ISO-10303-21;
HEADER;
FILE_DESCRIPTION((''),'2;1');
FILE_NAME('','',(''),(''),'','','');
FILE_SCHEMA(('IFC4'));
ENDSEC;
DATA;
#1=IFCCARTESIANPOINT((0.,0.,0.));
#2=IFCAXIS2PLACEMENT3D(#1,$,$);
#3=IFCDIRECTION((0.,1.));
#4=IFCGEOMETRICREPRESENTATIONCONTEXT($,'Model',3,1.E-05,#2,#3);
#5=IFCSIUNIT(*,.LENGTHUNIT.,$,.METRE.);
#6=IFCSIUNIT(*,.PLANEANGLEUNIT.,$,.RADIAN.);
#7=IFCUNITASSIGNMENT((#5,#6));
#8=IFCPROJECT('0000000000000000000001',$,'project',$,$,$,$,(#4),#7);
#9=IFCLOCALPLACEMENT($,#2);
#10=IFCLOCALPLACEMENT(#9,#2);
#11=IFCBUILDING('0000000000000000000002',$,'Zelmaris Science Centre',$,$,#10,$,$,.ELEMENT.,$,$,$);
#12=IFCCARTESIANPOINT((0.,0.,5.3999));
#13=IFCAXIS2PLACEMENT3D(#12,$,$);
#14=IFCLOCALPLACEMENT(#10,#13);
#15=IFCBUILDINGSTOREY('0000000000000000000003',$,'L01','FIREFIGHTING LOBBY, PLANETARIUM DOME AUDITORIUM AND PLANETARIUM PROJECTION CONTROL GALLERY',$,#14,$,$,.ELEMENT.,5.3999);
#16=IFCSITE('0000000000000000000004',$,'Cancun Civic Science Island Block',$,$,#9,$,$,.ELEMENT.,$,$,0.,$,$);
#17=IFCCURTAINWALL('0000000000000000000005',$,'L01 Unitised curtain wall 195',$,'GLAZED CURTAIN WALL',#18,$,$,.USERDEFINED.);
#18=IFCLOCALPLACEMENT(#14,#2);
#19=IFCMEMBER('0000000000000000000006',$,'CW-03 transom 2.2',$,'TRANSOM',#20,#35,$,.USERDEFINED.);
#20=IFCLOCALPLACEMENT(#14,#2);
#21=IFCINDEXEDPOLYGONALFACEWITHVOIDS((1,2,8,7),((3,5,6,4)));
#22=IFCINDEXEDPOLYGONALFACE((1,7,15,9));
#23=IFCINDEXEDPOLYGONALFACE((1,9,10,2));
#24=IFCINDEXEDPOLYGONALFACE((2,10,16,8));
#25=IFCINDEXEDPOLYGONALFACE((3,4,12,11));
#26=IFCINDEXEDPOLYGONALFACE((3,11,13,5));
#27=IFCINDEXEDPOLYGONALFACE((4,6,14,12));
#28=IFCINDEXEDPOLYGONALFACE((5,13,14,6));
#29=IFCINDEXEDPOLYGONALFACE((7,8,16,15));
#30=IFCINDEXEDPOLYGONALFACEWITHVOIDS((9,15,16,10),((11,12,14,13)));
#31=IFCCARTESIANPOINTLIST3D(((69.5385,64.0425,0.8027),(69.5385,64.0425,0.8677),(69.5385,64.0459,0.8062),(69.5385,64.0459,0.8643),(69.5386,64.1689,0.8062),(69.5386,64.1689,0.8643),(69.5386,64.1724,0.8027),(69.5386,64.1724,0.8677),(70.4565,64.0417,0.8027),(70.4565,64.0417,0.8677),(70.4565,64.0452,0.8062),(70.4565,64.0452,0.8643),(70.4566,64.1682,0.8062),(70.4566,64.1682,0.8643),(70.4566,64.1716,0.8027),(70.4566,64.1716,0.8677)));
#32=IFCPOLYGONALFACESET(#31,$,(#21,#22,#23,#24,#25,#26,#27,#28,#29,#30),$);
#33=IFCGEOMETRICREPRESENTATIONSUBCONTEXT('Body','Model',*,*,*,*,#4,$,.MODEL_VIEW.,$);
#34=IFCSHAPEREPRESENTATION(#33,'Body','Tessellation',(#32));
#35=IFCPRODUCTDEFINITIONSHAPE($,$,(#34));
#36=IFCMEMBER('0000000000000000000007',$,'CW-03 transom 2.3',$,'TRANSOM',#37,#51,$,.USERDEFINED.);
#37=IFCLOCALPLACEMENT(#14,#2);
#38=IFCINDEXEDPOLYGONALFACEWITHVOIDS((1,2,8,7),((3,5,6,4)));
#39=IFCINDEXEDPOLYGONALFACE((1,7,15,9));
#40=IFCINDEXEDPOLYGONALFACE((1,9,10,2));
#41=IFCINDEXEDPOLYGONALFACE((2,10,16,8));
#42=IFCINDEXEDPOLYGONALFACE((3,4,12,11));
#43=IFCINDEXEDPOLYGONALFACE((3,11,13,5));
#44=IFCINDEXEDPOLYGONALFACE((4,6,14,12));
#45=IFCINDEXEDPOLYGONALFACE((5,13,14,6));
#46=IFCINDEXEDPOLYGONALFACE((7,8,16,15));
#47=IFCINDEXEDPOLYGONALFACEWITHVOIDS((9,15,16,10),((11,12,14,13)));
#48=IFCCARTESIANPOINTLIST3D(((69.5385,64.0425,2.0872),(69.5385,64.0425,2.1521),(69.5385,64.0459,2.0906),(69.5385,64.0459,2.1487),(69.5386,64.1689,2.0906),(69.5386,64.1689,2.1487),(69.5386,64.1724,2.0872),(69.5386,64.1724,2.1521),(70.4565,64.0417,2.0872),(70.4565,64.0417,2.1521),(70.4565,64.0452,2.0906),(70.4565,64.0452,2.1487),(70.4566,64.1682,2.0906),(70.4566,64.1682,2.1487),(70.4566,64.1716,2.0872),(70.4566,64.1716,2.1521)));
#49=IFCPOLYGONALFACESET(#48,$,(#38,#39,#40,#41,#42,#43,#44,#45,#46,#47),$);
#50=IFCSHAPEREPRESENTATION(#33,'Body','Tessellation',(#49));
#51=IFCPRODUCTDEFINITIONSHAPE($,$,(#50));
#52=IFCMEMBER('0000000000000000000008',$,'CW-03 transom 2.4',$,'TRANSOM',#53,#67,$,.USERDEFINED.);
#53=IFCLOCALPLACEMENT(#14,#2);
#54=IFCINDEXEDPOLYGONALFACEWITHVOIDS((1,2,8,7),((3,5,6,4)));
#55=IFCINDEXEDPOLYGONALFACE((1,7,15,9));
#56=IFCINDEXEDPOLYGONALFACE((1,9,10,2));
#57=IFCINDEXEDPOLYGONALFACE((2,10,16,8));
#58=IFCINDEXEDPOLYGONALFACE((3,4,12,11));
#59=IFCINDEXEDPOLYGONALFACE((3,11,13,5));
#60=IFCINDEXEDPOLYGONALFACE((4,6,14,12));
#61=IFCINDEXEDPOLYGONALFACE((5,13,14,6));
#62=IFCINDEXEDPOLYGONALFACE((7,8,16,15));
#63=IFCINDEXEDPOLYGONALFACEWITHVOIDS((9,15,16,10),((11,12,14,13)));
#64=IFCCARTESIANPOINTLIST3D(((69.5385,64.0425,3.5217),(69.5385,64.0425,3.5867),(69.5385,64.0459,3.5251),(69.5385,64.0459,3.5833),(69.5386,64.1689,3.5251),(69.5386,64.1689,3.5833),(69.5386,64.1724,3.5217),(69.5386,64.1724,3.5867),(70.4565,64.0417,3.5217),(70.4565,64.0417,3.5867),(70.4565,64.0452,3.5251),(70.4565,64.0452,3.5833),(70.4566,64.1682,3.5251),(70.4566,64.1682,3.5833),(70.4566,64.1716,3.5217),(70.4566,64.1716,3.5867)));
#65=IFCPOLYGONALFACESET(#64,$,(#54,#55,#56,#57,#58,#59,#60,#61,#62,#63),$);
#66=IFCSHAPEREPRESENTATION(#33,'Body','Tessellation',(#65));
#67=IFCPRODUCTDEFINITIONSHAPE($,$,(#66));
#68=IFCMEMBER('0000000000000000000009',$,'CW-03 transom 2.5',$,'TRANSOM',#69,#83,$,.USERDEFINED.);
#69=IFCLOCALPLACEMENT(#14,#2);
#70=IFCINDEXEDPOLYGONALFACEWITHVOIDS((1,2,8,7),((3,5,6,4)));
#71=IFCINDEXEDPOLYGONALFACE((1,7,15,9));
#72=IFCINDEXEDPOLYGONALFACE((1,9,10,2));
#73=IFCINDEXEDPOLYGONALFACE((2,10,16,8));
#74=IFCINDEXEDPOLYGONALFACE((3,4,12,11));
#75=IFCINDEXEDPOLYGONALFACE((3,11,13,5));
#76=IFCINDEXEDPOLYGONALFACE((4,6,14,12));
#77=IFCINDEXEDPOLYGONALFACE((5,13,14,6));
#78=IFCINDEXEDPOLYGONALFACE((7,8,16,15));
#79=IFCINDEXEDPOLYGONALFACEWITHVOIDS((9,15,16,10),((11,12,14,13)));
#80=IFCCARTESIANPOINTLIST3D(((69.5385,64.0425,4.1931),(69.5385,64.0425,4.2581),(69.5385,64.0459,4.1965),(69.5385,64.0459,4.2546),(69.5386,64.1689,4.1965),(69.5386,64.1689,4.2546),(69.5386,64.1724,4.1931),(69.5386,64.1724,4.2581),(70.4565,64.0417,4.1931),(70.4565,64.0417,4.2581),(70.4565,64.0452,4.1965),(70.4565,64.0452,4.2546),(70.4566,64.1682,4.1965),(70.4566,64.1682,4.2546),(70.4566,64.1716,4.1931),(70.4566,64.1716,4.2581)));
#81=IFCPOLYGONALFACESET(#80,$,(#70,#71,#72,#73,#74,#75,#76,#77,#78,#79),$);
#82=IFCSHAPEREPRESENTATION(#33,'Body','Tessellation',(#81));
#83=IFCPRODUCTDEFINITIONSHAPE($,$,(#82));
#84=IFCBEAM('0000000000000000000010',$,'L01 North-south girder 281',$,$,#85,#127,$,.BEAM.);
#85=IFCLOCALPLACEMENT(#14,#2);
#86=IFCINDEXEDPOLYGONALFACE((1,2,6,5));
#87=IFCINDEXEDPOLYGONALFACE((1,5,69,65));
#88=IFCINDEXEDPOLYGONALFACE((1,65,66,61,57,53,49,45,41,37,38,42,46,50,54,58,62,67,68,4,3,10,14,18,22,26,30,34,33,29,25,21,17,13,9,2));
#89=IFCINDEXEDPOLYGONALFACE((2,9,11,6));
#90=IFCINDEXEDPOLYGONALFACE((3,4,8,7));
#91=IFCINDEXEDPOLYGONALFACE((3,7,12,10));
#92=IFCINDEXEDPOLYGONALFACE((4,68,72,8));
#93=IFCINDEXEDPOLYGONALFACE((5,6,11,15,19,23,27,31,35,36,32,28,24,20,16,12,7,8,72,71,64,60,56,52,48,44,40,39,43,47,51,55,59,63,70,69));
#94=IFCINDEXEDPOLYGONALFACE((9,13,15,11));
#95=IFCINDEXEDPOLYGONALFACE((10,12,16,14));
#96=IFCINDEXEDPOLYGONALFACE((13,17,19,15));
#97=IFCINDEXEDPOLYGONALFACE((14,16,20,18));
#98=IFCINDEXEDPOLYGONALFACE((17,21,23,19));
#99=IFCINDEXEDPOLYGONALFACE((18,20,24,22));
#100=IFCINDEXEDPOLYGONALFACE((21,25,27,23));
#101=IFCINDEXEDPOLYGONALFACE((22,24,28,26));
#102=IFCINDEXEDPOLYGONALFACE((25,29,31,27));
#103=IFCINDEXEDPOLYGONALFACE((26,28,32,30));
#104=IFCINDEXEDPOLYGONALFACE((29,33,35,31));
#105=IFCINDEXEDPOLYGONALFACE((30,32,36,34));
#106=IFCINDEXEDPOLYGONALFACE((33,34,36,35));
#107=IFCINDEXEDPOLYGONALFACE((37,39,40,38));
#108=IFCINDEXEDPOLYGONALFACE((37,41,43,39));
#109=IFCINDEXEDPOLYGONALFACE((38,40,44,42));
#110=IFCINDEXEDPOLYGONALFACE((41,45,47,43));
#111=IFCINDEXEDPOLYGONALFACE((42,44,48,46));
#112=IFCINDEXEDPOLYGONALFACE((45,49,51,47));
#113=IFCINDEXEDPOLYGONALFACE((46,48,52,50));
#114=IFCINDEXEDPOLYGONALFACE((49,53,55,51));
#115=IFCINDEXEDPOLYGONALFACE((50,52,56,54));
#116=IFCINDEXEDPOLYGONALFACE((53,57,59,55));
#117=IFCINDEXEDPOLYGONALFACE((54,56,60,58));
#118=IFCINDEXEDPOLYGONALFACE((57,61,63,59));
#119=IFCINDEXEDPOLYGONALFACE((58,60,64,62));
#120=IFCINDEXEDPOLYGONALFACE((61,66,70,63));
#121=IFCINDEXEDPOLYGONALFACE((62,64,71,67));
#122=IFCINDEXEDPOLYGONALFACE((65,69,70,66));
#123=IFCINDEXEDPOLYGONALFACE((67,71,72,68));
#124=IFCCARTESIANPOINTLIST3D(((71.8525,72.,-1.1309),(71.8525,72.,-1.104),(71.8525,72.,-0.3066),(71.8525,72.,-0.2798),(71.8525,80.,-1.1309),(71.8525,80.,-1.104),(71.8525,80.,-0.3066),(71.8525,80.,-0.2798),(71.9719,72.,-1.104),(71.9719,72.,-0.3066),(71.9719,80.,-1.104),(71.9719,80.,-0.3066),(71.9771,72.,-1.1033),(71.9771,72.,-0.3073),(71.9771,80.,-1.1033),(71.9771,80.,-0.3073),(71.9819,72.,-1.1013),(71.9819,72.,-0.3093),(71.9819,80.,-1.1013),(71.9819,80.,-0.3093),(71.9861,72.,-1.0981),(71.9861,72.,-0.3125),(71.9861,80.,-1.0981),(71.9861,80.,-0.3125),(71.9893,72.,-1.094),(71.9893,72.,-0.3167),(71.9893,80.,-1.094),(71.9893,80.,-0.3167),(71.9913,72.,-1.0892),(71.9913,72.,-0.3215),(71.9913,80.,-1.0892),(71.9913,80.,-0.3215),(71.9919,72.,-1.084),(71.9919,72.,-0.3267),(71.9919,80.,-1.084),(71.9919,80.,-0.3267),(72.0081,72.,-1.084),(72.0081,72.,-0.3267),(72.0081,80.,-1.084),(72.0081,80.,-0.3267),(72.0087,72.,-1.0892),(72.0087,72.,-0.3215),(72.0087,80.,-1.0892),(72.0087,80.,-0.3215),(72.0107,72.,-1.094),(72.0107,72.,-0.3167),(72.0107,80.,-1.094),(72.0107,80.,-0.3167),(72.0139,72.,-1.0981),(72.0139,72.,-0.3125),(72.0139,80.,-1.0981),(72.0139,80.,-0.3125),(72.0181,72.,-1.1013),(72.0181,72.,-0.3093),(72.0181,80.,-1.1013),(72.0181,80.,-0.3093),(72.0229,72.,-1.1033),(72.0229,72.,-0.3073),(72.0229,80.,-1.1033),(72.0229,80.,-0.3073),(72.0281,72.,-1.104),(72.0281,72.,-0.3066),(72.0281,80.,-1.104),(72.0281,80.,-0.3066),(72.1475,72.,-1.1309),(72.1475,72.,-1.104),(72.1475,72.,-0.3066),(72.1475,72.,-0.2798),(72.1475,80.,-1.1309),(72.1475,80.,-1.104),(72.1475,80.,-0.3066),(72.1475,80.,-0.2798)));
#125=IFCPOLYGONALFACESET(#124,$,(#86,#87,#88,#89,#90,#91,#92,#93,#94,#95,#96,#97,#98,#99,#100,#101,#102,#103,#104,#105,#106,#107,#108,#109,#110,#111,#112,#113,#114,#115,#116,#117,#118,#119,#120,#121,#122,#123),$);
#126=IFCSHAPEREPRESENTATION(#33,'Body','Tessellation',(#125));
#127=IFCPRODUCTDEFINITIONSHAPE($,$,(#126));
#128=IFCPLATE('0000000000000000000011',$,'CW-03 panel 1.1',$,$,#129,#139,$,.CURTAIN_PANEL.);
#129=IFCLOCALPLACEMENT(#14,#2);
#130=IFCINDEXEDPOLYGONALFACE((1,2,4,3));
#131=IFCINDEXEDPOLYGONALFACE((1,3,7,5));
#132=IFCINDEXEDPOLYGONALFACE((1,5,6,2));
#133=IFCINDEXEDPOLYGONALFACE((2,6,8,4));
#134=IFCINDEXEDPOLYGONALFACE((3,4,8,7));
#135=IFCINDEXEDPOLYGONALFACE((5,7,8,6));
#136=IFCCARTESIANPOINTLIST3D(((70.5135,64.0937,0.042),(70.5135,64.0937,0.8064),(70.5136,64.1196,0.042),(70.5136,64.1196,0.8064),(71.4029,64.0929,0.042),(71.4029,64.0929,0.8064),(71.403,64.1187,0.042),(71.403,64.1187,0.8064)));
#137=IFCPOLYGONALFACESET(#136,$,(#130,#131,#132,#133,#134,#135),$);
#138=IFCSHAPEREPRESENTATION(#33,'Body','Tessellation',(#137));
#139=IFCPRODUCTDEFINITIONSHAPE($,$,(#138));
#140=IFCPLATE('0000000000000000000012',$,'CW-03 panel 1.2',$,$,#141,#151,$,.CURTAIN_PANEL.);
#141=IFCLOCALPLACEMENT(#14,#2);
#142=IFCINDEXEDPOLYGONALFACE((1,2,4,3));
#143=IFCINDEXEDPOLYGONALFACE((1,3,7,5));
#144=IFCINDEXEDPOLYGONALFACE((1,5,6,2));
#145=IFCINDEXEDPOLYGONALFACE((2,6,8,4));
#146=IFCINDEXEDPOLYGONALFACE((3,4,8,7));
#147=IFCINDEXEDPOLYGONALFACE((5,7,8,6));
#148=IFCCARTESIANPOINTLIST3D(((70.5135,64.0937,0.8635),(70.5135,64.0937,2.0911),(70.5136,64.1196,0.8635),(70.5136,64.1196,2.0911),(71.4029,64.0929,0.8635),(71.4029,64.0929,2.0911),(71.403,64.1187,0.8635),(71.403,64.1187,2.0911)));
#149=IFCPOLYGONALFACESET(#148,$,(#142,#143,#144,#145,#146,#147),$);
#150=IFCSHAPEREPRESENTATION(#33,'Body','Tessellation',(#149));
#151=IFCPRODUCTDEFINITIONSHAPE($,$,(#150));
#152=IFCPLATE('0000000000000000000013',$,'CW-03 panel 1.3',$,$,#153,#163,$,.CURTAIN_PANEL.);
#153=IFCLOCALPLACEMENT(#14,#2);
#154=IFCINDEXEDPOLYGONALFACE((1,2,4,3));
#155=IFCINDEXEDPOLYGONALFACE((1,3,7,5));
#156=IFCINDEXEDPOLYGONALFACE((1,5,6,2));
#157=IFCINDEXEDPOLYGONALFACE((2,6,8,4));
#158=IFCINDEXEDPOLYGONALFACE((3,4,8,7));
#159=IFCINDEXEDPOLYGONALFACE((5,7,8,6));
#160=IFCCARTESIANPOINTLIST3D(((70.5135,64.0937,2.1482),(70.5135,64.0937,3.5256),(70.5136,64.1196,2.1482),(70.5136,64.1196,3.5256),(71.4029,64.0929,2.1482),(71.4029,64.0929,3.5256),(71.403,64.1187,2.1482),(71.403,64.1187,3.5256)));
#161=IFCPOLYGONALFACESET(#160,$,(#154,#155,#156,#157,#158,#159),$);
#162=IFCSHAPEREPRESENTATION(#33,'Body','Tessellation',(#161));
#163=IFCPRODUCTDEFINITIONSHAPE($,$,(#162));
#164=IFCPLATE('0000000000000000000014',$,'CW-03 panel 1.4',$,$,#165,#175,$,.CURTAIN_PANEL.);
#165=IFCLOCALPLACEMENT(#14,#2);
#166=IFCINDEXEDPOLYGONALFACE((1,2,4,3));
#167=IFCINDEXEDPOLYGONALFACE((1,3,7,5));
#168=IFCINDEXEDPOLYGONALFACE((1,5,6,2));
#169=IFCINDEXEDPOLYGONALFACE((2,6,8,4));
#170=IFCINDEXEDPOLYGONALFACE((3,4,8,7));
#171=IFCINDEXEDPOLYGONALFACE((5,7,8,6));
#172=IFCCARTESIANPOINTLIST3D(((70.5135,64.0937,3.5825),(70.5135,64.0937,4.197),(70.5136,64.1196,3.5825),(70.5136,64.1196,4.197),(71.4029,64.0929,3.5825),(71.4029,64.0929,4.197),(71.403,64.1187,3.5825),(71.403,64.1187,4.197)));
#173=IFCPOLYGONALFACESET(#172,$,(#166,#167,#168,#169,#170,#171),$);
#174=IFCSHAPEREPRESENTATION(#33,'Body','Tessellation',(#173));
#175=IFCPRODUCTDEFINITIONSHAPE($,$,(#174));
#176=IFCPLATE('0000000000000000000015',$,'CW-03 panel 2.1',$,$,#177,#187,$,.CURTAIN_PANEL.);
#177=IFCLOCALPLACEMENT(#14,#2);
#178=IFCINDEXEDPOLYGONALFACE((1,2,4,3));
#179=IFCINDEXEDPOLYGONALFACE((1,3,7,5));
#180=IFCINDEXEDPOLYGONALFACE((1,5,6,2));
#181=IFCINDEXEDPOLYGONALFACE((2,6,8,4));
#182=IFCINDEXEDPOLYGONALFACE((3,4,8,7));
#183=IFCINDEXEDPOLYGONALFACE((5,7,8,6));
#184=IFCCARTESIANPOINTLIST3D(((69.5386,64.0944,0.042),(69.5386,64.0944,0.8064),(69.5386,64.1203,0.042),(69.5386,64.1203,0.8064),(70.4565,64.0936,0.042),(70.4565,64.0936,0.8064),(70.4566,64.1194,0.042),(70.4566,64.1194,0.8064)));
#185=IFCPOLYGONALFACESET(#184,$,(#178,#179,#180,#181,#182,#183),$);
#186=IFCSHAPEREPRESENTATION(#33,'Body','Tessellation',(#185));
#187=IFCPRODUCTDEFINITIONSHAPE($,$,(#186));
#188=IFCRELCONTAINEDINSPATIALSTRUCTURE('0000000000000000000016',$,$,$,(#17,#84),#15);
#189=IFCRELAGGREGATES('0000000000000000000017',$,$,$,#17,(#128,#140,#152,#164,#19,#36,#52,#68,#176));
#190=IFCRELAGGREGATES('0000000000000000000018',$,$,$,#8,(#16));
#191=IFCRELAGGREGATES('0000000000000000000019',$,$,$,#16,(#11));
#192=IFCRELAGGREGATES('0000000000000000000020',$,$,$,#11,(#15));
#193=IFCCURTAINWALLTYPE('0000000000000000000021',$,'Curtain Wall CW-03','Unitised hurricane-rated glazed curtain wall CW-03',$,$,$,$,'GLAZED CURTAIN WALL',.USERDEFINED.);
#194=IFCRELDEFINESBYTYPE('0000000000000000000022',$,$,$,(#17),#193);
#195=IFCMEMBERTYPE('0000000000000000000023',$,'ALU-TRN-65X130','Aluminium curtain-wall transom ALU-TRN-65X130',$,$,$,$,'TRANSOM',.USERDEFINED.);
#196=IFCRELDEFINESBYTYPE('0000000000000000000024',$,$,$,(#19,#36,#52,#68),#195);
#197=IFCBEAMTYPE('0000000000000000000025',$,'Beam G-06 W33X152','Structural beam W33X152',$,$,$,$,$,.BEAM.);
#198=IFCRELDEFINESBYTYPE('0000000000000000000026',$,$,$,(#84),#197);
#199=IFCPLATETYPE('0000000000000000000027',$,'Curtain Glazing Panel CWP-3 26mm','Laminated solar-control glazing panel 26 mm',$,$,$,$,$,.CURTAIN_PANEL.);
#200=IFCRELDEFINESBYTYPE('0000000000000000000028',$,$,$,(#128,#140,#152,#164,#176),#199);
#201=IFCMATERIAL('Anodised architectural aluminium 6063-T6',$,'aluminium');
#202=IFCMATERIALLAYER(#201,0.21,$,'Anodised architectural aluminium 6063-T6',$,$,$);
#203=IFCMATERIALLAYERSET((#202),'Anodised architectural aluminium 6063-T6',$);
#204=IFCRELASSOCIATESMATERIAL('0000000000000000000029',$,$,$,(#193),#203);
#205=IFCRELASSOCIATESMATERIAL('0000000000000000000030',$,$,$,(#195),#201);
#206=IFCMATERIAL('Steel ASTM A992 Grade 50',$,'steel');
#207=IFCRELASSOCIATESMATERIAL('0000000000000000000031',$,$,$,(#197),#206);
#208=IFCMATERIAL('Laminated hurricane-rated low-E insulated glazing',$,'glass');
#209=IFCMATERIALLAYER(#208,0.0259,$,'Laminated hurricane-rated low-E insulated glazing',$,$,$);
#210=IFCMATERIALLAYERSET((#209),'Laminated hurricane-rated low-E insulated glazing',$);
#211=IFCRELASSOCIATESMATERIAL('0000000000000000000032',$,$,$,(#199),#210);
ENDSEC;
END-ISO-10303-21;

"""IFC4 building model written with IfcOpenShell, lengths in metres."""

from ifc_helpers import new_model, si_unit, direction, frame, origin, origin_2d, place, context, subcontext, project, spatial, rectangle, hollow_rectangle, i_section, extrude, material, layer, layer_set, material_profile, profile_set, type_object, element, aggregate, save


model = new_model("IFC4")

# Units and contexts
model_context = context("Model", 3, precision=1e-05, world=origin(), true_north=direction((0.0, 1.0)))
body_context = subcontext(model_context, "Body", "Model", "MODEL_VIEW")
ifc_project = project(units=[si_unit("LENGTHUNIT", "METRE"), si_unit("PLANEANGLEUNIT", "RADIAN")], contexts=[model_context])

# Site, building, storey
site_placement = place(None, origin())
site = spatial("IfcSite", under=ifc_project, at=site_placement, Name="Cancun Civic Science Island Block", CompositionType="ELEMENT", RefElevation=0.0)
building_placement = place(site_placement, origin())
building = spatial("IfcBuilding", under=site, at=building_placement, Name="Zelmaris Science Centre", CompositionType="ELEMENT")
storey_placement = place(building_placement, frame((0.0, 0.0, 5.3999)))
storey = spatial("IfcBuildingStorey", under=building, at=storey_placement, Name="L01", Description="FIREFIGHTING LOBBY, PLANETARIUM DOME AUDITORIUM AND PLANETARIUM PROJECTION CONTROL GALLERY", CompositionType="ELEMENT", Elevation=5.3999)

# Shared definitions
ifc_material_1 = material(Name="Steel ASTM A992 Grade 50", Category="steel")

# Curtain wall, members
ifc_material_2 = material(Name="Anodised architectural aluminium 6063-T6", Category="aluminium")
ifc_layer_1 = layer(ifc_material_2, 0.21, Name="Anodised architectural aluminium 6063-T6")
ifc_layer_set_1 = layer_set([ifc_layer_1], Name="Anodised architectural aluminium 6063-T6")
curtain_wall_type = type_object("IfcCurtainWallType", Name="Curtain Wall CW-03", Description="Unitised hurricane-rated glazed curtain wall CW-03", ElementType="GLAZED CURTAIN WALL", PredefinedType="USERDEFINED", material=ifc_layer_set_1)
curtain_wall_placement = place(storey_placement, origin())
curtain_wall = element("IfcCurtainWall", 1, at=curtain_wall_placement, inside=storey, type_object=curtain_wall_type, Name="L01 Unitised curtain wall 195", ObjectType="GLAZED CURTAIN WALL", PredefinedType="USERDEFINED")
ifc_material_profile_1 = material_profile(ifc_material_2, hollow_rectangle(XDim=0.0649, YDim=0.1299, WallThickness=0.0034, at=origin_2d()), Name="ALU-TRN-65X130")
ifc_profile_set_1 = profile_set([ifc_material_profile_1], Name="Anodised architectural aluminium 6063-T6")
member_type_1 = type_object("IfcMemberType", Name="ALU-TRN-65X130", Description="Aluminium curtain-wall transom ALU-TRN-65X130", ElementType="TRANSOM", PredefinedType="USERDEFINED", material=ifc_profile_set_1)
member_1_placement = place(storey_placement, frame((70.4565, 64.1067, 0.8352), z_axis=(-1.0, 0.000798, 0.0), x_axis=(0.0, 0.0, 1.0)))
member_1 = element("IfcMember", 2, at=member_1_placement, type_object=member_type_1, Name="CW-03 transom 2.2", ObjectType="TRANSOM", PredefinedType="USERDEFINED", context=body_context, shape_type="SweptSolid", body=[
    extrude(hollow_rectangle(XDim=0.0649, YDim=0.1299, WallThickness=0.0034, at=origin_2d()), origin(), (0.0, 0.0, 1.0), 0.918),
])
member_2_placement = place(storey_placement, frame((70.4565, 64.1067, 2.1196), z_axis=(-1.0, 0.000798, 0.0), x_axis=(0.0, 0.0, 1.0)))
member_2 = element("IfcMember", 3, at=member_2_placement, type_object=member_type_1, Name="CW-03 transom 2.3", ObjectType="TRANSOM", PredefinedType="USERDEFINED", context=body_context, shape_type="SweptSolid", body=[
    extrude(hollow_rectangle(XDim=0.0649, YDim=0.1299, WallThickness=0.0034, at=origin_2d()), origin(), (0.0, 0.0, 1.0), 0.918),
])
member_3_placement = place(storey_placement, frame((70.4565, 64.1067, 3.5542), z_axis=(-1.0, 0.000798, 0.0), x_axis=(0.0, 0.0, 1.0)))
member_3 = element("IfcMember", 4, at=member_3_placement, type_object=member_type_1, Name="CW-03 transom 2.4", ObjectType="TRANSOM", PredefinedType="USERDEFINED", context=body_context, shape_type="SweptSolid", body=[
    extrude(hollow_rectangle(XDim=0.0649, YDim=0.1299, WallThickness=0.0034, at=origin_2d()), origin(), (0.0, 0.0, 1.0), 0.918),
])
member_4_placement = place(storey_placement, frame((70.4565, 64.1067, 4.2256), z_axis=(-1.0, 0.000798, 0.0), x_axis=(0.0, 0.0, 1.0)))
member_4 = element("IfcMember", 5, at=member_4_placement, type_object=member_type_1, Name="CW-03 transom 2.5", ObjectType="TRANSOM", PredefinedType="USERDEFINED", context=body_context, shape_type="SweptSolid", body=[
    extrude(hollow_rectangle(XDim=0.0649, YDim=0.1299, WallThickness=0.0034, at=origin_2d()), origin(), (0.0, 0.0, 1.0), 0.918),
])

# Beam
ifc_material_profile_2 = material_profile(ifc_material_1, i_section(OverallWidth=0.2949, OverallDepth=0.8511, WebThickness=0.0161, FlangeThickness=0.0269, FilletRadius=0.02, at=origin_2d()), Name="W33X152")
ifc_profile_set_2 = profile_set([ifc_material_profile_2], Name="Steel ASTM A992 Grade 50")
beam_type = type_object("IfcBeamType", Name="Beam G-06 W33X152", Description="Structural beam W33X152", PredefinedType="BEAM", material=ifc_profile_set_2)
beam_placement = place(storey_placement, frame((72.0, 72.0, -0.7053), z_axis=(0.0, 1.0, 0.0), x_axis=(-1.0, 0.0, 0.0)))
element("IfcBeam", 6, at=beam_placement, inside=storey, type_object=beam_type, Name="L01 North-south girder 281", PredefinedType="BEAM", context=body_context, shape_type="SweptSolid", body=[
    extrude(i_section(OverallWidth=0.2949, OverallDepth=0.8511, WebThickness=0.0161, FlangeThickness=0.0269, FilletRadius=0.02, at=origin_2d()), origin(), (0.0, 0.0, 1.0), 8.0),
])

# Plates
ifc_material_3 = material(Name="Laminated hurricane-rated low-E insulated glazing", Category="glass")
ifc_layer_2 = layer(ifc_material_3, 0.0259, Name="Laminated hurricane-rated low-E insulated glazing")
ifc_layer_set_2 = layer_set([ifc_layer_2], Name="Laminated hurricane-rated low-E insulated glazing")
plate_type = type_object("IfcPlateType", Name="Curtain Glazing Panel CWP-3 26mm", Description="Laminated solar-control glazing panel 26 mm", PredefinedType="CURTAIN_PANEL", material=ifc_layer_set_2)
plate_1_placement = place(storey_placement, frame((70.9583, 64.1062, 0.042), z_axis=(0.0, 0.0, 1.0), x_axis=(-1.0, 0.000923, 0.0)))
plate_1 = element("IfcPlate", 7, at=plate_1_placement, type_object=plate_type, Name="CW-03 panel 1.1", PredefinedType="CURTAIN_PANEL", context=body_context, shape_type="SweptSolid", body=[
    extrude(rectangle(XDim=0.8894, YDim=0.0259, at=origin_2d()), origin(), (0.0, 0.0, 1.0), 0.7644),
])
plate_2_placement = place(storey_placement, frame((70.9583, 64.1062, 0.8635), z_axis=(0.0, 0.0, 1.0), x_axis=(-1.0, 0.000923, 0.0)))
plate_2 = element("IfcPlate", 8, at=plate_2_placement, type_object=plate_type, Name="CW-03 panel 1.2", PredefinedType="CURTAIN_PANEL", context=body_context, shape_type="SweptSolid", body=[
    extrude(rectangle(XDim=0.8894, YDim=0.0259, at=origin_2d()), origin(), (0.0, 0.0, 1.0), 1.2275),
])
plate_3_placement = place(storey_placement, frame((70.9583, 64.1062, 2.1482), z_axis=(0.0, 0.0, 1.0), x_axis=(-1.0, 0.000923, 0.0)))
plate_3 = element("IfcPlate", 9, at=plate_3_placement, type_object=plate_type, Name="CW-03 panel 1.3", PredefinedType="CURTAIN_PANEL", context=body_context, shape_type="SweptSolid", body=[
    extrude(rectangle(XDim=0.8894, YDim=0.0259, at=origin_2d()), origin(), (0.0, 0.0, 1.0), 1.3774),
])
plate_4_placement = place(storey_placement, frame((70.9583, 64.1062, 3.5825), z_axis=(0.0, 0.0, 1.0), x_axis=(-1.0, 0.000923, 0.0)))
plate_4 = element("IfcPlate", 10, at=plate_4_placement, type_object=plate_type, Name="CW-03 panel 1.4", PredefinedType="CURTAIN_PANEL", context=body_context, shape_type="SweptSolid", body=[
    extrude(rectangle(XDim=0.8894, YDim=0.0259, at=origin_2d()), origin(), (0.0, 0.0, 1.0), 0.6145),
])
plate_5_placement = place(storey_placement, frame((69.9976, 64.1069, 0.042), z_axis=(0.0, 0.0, 1.0), x_axis=(-1.0, 0.000923, 0.0)))
plate_5 = element("IfcPlate", 11, at=plate_5_placement, type_object=plate_type, Name="CW-03 panel 2.1", PredefinedType="CURTAIN_PANEL", context=body_context, shape_type="SweptSolid", body=[
    extrude(rectangle(XDim=0.918, YDim=0.0259, at=origin_2d()), origin(), (0.0, 0.0, 1.0), 0.7644),
])
aggregate(curtain_wall, [plate_1, plate_2, plate_3, plate_4, member_1, member_2, member_3, member_4, plate_5])

save(model, "model.ifc")
